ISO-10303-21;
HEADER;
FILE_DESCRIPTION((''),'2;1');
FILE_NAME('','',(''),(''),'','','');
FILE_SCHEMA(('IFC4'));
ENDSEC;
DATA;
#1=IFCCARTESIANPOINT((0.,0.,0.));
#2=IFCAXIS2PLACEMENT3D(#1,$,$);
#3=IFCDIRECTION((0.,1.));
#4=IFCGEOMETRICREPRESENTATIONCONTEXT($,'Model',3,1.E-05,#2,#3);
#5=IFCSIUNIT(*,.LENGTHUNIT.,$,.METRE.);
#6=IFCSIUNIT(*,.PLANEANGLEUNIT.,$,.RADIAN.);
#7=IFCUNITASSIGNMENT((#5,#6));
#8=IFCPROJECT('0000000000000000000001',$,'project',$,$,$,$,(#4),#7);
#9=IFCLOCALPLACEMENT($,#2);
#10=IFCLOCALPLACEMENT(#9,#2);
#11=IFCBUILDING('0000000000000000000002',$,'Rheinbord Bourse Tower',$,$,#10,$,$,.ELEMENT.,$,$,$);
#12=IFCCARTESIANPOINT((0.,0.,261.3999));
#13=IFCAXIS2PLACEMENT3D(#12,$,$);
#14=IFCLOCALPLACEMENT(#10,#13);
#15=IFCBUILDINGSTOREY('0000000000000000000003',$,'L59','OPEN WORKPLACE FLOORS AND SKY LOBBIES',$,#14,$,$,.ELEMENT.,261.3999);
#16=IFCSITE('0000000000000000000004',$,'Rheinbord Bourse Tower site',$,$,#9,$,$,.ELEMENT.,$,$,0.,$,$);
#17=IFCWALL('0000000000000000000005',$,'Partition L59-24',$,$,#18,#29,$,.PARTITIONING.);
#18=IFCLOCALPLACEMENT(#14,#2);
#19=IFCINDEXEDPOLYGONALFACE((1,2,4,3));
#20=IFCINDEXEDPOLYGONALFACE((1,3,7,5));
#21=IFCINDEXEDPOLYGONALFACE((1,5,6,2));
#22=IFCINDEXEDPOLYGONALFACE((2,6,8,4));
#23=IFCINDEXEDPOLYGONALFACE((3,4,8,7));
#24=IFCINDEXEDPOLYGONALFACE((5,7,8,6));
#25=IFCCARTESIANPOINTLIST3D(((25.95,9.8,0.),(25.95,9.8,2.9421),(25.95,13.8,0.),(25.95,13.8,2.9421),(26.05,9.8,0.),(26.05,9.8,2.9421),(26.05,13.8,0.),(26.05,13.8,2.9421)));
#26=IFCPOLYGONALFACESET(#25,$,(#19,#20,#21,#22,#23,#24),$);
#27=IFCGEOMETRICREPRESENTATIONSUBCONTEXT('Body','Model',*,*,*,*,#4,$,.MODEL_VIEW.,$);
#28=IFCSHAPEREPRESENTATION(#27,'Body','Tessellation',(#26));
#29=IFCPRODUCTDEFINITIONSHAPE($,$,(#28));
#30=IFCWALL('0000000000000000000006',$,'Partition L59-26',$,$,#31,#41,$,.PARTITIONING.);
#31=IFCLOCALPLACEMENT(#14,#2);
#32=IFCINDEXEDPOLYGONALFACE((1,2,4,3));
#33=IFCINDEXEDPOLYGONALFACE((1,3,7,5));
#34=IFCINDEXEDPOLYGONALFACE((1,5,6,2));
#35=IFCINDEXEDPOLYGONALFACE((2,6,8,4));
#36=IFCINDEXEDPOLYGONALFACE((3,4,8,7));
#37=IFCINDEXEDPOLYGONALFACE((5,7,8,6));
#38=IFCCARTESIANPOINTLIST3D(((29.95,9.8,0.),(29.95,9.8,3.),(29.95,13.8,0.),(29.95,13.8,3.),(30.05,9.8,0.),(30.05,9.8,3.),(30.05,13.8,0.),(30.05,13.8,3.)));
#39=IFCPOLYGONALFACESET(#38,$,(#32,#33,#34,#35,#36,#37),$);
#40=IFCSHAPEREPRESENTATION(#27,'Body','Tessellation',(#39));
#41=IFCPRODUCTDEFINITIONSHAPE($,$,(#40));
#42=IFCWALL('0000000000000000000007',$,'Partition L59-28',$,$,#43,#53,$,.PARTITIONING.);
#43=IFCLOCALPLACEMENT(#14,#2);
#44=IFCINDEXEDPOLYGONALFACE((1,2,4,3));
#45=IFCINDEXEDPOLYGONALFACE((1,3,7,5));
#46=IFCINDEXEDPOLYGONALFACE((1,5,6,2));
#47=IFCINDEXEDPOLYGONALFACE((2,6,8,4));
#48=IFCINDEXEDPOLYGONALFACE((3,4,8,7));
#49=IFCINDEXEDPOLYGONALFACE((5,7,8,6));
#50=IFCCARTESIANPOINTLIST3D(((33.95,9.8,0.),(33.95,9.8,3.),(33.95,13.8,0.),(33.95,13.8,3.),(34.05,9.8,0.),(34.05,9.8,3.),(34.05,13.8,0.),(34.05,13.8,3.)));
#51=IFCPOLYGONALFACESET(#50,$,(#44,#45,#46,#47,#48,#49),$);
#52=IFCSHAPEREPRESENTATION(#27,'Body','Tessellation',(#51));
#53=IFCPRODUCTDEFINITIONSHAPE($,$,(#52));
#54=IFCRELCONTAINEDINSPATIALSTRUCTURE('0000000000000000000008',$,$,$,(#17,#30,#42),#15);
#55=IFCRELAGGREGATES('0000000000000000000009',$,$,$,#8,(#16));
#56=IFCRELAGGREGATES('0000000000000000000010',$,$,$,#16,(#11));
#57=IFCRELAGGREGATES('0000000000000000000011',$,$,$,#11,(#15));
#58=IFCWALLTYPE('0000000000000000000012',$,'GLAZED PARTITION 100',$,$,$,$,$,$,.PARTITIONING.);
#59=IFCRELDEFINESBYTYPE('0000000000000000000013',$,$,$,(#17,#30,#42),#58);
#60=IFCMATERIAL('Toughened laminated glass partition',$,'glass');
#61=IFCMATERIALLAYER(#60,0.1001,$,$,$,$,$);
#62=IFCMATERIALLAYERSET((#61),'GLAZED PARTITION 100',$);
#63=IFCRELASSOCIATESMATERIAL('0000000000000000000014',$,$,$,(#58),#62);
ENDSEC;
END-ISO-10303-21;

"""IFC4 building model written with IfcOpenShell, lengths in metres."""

from ifc_helpers import new_model, si_unit, direction, frame, frame_2d, origin, place, context, subcontext, project, spatial, rectangle, extrude, material, layer, layer_set, type_object, element, save


model = new_model("IFC4")

# Units and contexts
model_context = context("Model", 3, precision=1e-05, world=origin(), true_north=direction((0.0, 1.0)))
body_context = subcontext(model_context, "Body", "Model", "MODEL_VIEW")
ifc_project = project(units=[si_unit("LENGTHUNIT", "METRE"), si_unit("PLANEANGLEUNIT", "RADIAN")], contexts=[model_context])

# Site, building, storey
site_placement = place(None, origin())
site = spatial("IfcSite", under=ifc_project, at=site_placement, Name="Rheinbord Bourse Tower site", CompositionType="ELEMENT", RefElevation=0.0)
building_placement = place(site_placement, origin())
building = spatial("IfcBuilding", under=site, at=building_placement, Name="Rheinbord Bourse Tower", CompositionType="ELEMENT")
storey_placement = place(building_placement, frame((0.0, 0.0, 261.3999)))
storey = spatial("IfcBuildingStorey", under=building, at=storey_placement, Name="L59", Description="OPEN WORKPLACE FLOORS AND SKY LOBBIES", CompositionType="ELEMENT", Elevation=261.3999)

# Shared definitions
ifc_material_1 = material(Name="Toughened laminated glass partition", Category="glass")
ifc_layer_1 = layer(ifc_material_1, 0.1001)
ifc_layer_set_1 = layer_set([ifc_layer_1], Name="GLAZED PARTITION 100")
wall_type_1 = type_object("IfcWallType", Name="GLAZED PARTITION 100", PredefinedType="PARTITIONING", material=ifc_layer_set_1)

# Walls
wall_1_placement = place(storey_placement, frame((26.0, 9.8, 0.0), z_axis=(0.0, 0.0, 1.0), x_axis=(0.0, 1.0, 0.0)))
element("IfcWall", 1, at=wall_1_placement, inside=storey, type_object=wall_type_1, Name="Partition L59-24", PredefinedType="PARTITIONING", context=body_context, shape_type="SweptSolid", body=[
    extrude(rectangle(XDim=4.0, YDim=0.1001, at=frame_2d((2.0, 0.0))), origin(), (0.0, 0.0, 1.0), 2.9421),
])
for number, where, z_axis, x_axis, name in (
    (2, (30.0, 9.8, 0.0), (0.0, 0.0, 1.0), (0.0, 1.0, 0.0), "Partition L59-26"),
    (3, (34.0, 9.8, 0.0), (0.0, 0.0, 1.0), (0.0, 1.0, 0.0), "Partition L59-28"),
):
    element("IfcWall", number, at=place(storey_placement, frame(where, z_axis=z_axis, x_axis=x_axis)), inside=storey, type_object=wall_type_1, Name=name, PredefinedType="PARTITIONING", context=body_context, shape_type="SweptSolid", body=[
        extrude(rectangle(XDim=4.0, YDim=0.1001, at=frame_2d((2.0, 0.0))), origin(), (0.0, 0.0, 1.0), 3.0),
    ])

save(model, "model.ifc")
